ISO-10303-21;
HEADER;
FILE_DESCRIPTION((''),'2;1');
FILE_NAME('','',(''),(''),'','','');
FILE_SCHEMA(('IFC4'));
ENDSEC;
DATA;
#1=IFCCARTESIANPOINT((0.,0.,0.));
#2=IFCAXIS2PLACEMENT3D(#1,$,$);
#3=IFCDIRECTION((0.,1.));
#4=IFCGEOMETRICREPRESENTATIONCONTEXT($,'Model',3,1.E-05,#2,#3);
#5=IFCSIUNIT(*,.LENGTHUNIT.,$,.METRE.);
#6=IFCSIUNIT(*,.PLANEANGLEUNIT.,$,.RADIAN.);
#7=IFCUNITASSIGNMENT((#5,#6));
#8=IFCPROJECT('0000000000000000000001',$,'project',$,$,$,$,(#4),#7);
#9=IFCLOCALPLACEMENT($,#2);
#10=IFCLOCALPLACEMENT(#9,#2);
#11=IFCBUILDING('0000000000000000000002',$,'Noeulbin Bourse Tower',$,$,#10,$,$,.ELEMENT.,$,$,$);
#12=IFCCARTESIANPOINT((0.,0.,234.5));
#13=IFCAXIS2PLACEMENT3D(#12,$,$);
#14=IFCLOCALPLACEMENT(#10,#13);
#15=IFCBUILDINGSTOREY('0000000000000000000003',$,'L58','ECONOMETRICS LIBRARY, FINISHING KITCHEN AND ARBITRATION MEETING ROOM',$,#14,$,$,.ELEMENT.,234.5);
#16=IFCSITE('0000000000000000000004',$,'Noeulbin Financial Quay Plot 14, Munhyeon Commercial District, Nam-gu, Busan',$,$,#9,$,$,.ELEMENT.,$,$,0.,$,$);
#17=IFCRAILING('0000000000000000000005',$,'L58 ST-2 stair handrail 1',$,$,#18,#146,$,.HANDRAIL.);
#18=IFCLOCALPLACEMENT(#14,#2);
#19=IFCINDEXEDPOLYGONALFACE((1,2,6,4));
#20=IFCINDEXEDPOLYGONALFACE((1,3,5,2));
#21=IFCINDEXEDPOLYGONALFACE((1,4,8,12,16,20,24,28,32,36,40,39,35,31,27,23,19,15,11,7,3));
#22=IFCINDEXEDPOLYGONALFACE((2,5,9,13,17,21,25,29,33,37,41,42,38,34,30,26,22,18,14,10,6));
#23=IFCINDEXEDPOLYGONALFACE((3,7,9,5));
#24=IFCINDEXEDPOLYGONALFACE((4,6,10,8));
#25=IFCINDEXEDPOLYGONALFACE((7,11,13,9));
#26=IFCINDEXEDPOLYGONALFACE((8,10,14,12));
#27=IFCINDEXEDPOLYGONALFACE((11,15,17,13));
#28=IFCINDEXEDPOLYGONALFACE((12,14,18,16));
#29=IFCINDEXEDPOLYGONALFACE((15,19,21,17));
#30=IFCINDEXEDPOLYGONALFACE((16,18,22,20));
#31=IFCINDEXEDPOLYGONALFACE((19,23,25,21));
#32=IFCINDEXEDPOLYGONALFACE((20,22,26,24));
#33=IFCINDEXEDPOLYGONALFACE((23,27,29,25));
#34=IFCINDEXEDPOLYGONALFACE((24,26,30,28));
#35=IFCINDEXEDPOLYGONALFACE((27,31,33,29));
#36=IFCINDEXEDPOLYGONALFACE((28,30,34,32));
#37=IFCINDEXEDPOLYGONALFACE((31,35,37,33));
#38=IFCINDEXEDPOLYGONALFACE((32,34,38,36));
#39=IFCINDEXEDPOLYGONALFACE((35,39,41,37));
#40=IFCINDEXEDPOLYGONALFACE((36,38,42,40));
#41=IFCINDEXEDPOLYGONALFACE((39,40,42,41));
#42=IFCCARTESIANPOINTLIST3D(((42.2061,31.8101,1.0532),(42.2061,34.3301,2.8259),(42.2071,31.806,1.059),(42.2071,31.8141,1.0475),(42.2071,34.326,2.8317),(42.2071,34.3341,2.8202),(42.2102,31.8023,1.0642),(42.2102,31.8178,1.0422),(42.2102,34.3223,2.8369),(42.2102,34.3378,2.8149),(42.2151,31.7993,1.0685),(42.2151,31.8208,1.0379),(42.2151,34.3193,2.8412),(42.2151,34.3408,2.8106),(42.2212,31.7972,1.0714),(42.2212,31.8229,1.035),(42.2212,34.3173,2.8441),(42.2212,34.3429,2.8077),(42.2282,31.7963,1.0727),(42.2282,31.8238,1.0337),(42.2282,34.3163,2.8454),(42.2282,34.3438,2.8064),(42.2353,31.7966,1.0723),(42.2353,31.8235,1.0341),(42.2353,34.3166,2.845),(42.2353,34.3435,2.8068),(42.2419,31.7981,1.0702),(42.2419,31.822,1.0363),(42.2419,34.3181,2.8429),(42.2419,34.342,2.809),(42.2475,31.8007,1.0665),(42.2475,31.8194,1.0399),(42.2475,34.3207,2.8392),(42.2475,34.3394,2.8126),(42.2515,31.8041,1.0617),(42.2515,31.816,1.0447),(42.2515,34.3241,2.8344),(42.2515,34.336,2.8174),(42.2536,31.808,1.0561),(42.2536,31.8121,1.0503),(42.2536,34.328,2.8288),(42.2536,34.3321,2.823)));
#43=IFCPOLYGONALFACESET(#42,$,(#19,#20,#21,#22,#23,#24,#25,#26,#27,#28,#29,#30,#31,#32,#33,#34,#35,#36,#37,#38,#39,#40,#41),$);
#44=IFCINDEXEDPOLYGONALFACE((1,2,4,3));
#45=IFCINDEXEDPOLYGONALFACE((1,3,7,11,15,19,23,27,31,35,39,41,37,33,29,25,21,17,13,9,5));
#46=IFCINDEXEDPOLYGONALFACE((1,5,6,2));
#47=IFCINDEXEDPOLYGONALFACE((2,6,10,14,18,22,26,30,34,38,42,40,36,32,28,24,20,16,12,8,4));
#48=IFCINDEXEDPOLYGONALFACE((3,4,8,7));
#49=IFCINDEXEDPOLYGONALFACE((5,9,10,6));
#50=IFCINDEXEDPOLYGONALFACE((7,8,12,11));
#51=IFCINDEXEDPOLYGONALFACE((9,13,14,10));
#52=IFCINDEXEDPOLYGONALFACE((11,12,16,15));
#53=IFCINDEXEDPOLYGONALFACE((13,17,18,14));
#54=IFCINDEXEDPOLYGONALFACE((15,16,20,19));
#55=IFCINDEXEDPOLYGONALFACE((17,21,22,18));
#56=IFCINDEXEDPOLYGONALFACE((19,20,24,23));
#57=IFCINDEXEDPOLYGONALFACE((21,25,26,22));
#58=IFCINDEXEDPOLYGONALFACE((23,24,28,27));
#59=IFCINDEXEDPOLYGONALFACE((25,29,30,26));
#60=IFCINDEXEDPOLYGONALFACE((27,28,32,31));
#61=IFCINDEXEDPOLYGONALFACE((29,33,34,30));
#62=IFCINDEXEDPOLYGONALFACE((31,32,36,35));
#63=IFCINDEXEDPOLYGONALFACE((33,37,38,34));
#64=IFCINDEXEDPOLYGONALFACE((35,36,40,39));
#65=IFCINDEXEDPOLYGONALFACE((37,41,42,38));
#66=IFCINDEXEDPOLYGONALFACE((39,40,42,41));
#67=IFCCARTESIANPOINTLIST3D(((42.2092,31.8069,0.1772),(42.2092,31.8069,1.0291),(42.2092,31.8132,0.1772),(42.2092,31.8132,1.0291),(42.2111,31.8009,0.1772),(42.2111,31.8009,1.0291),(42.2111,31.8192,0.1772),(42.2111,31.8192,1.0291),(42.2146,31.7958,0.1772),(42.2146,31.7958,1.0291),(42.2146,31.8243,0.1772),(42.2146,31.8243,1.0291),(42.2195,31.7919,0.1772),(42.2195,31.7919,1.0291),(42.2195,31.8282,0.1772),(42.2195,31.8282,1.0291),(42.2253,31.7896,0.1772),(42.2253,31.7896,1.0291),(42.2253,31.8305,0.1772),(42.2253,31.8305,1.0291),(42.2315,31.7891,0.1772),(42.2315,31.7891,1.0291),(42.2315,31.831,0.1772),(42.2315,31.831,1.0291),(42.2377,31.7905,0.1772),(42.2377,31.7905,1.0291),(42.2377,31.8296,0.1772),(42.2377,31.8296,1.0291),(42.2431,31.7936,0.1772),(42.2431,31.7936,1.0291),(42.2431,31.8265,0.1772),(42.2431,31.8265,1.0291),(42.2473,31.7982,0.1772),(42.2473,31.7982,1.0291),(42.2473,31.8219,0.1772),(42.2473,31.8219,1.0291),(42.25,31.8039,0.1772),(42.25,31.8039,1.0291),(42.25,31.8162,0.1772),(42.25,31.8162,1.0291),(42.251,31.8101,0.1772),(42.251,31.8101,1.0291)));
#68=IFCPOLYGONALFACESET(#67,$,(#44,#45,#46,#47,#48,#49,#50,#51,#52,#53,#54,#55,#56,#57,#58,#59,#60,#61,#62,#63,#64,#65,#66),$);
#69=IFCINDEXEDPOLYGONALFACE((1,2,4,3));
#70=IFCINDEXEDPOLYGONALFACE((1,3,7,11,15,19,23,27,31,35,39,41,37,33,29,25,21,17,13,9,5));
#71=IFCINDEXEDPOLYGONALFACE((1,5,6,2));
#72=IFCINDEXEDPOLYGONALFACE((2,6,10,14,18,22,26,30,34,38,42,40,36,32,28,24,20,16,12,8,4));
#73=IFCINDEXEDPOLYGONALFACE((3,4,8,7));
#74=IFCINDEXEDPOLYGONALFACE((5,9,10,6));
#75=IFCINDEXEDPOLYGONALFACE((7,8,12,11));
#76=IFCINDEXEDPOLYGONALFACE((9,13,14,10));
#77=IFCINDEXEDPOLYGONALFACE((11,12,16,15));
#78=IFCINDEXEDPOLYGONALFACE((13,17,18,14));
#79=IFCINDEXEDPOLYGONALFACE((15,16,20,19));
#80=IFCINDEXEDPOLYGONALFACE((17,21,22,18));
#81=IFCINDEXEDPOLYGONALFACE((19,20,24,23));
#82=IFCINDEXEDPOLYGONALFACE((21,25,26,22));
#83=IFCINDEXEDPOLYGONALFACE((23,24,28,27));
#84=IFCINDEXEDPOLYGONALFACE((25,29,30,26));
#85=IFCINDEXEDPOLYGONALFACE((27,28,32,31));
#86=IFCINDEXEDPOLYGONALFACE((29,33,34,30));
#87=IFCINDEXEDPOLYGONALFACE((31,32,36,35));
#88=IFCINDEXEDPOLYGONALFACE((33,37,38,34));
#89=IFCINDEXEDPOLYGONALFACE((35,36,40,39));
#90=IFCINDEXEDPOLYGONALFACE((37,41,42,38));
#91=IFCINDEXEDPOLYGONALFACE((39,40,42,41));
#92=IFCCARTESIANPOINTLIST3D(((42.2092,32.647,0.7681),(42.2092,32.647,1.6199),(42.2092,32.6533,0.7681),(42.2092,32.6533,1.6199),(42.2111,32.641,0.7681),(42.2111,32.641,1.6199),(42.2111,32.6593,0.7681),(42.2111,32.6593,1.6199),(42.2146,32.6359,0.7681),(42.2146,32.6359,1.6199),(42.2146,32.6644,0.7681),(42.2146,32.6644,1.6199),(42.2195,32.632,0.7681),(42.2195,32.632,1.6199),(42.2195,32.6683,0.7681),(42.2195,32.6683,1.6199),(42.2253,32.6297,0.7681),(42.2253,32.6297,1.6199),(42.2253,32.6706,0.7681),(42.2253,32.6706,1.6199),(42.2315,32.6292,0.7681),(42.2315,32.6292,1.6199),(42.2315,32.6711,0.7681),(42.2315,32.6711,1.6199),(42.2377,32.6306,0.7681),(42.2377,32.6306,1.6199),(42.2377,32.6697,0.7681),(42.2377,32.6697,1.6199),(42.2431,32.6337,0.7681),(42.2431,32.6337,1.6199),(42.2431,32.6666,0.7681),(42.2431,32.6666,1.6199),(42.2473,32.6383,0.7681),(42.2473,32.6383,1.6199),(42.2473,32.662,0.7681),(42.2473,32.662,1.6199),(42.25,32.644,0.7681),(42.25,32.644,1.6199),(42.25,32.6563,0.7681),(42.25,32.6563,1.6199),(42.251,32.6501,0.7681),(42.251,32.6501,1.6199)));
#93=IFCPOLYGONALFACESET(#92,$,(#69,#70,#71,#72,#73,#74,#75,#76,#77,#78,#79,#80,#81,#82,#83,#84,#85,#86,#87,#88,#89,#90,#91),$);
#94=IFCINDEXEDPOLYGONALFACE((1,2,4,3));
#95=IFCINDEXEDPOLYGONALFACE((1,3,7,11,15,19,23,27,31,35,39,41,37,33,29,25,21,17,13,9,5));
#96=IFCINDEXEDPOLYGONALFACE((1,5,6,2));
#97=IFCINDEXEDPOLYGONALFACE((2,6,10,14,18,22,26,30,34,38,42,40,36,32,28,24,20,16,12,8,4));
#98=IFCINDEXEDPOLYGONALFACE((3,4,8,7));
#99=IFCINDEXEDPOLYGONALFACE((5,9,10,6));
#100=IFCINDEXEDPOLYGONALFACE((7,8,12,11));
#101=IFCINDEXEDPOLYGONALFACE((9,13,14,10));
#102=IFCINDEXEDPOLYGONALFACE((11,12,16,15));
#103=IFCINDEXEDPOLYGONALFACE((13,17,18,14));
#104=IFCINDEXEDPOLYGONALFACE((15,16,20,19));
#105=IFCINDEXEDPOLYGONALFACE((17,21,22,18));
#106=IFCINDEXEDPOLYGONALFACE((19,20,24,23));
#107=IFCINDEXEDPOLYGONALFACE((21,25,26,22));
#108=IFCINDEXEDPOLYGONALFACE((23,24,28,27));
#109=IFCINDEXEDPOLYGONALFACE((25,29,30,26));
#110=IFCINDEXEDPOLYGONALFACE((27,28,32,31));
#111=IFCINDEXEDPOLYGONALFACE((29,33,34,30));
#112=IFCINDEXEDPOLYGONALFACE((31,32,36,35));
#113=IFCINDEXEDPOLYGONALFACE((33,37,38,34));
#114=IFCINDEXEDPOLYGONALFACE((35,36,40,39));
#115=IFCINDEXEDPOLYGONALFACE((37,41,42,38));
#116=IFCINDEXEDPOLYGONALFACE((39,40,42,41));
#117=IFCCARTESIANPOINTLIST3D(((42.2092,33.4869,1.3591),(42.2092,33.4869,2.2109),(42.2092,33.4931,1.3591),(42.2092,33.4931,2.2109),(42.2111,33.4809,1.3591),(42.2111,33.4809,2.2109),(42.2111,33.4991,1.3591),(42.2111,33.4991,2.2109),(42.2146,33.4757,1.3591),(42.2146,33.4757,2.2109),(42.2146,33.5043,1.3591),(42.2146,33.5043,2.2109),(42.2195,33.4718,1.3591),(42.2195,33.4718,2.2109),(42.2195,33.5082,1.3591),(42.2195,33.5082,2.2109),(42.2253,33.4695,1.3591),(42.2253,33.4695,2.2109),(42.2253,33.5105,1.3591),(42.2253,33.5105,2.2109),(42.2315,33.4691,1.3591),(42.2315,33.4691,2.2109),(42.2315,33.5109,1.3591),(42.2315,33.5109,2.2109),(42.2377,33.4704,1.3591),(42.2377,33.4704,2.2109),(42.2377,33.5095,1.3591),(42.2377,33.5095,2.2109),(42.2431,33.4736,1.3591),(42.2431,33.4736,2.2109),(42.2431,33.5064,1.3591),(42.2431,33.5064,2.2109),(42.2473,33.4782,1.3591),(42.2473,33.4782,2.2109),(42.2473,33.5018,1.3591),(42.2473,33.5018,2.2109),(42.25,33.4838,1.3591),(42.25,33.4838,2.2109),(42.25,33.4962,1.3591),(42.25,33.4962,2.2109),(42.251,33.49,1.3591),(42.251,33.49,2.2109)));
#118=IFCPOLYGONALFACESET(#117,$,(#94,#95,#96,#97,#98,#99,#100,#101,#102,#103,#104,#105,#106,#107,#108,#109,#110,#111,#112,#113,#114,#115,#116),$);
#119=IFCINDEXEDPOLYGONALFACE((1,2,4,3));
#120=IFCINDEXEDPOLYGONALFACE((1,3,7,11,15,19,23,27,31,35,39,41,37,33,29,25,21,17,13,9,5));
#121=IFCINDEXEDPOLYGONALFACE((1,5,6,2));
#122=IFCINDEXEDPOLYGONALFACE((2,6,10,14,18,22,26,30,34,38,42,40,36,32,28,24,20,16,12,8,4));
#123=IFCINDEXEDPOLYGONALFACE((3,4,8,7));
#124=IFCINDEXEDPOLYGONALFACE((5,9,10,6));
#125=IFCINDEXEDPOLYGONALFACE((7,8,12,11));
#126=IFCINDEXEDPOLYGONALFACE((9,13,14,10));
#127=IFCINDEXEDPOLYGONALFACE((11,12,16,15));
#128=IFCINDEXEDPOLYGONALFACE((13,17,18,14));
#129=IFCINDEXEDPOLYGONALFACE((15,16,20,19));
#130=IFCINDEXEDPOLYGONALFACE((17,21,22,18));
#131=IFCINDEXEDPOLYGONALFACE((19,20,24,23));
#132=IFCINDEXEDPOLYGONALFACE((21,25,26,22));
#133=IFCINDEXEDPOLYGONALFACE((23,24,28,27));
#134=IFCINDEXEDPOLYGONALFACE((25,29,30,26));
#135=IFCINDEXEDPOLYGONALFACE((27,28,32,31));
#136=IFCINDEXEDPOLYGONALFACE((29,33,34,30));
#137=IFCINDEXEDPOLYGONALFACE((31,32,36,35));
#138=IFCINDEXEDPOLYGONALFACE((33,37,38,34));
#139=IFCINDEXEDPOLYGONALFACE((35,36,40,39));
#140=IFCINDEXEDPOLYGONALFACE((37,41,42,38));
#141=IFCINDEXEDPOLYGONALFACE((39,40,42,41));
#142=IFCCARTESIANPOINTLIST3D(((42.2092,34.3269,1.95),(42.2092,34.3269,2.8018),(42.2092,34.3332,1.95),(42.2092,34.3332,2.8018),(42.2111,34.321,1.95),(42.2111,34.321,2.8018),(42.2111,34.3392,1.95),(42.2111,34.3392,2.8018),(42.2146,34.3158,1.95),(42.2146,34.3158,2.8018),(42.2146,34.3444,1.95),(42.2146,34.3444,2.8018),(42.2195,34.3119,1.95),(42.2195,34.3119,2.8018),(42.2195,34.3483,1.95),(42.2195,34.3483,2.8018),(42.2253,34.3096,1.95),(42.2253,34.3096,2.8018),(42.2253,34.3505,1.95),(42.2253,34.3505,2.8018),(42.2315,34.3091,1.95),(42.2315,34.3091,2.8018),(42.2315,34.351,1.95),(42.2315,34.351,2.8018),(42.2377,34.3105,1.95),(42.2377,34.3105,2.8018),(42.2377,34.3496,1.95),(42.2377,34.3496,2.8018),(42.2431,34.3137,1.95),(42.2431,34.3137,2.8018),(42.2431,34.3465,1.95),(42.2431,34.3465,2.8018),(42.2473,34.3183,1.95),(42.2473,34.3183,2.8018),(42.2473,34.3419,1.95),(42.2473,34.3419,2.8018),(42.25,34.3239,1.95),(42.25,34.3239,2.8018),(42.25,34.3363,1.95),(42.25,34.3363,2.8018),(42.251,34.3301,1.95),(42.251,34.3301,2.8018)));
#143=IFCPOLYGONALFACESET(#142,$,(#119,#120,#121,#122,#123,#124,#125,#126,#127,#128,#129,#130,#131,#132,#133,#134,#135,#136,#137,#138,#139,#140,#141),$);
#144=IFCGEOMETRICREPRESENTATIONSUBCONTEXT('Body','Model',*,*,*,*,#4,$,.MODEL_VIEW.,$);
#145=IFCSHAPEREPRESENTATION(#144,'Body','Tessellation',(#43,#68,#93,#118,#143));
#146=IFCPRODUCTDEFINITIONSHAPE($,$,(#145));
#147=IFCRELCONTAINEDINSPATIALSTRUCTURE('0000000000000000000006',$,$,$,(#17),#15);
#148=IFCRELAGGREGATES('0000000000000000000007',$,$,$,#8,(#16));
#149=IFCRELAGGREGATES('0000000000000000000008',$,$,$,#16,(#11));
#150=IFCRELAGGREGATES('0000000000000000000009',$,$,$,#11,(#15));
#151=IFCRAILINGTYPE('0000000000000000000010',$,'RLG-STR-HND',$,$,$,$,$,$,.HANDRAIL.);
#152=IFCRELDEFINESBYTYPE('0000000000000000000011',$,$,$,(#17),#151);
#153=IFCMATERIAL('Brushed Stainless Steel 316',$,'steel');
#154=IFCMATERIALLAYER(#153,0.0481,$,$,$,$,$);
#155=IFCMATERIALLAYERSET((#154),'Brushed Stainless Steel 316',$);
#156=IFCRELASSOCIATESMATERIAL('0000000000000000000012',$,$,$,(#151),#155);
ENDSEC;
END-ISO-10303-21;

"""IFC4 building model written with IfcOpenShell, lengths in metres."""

from ifc_helpers import new_model, si_unit, direction, frame, origin, origin_2d, place, context, subcontext, project, spatial, circle, extrude, material, layer, layer_set, type_object, element, save


model = new_model("IFC4")

# Units and contexts
model_context = context("Model", 3, precision=1e-05, world=origin(), true_north=direction((0.0, 1.0)))
body_context = subcontext(model_context, "Body", "Model", "MODEL_VIEW")
ifc_project = project(units=[si_unit("LENGTHUNIT", "METRE"), si_unit("PLANEANGLEUNIT", "RADIAN")], contexts=[model_context])

# Site, building, storey
site_placement = place(None, origin())
site = spatial("IfcSite", under=ifc_project, at=site_placement, Name="Noeulbin Financial Quay Plot 14, Munhyeon Commercial District, Nam-gu, Busan", CompositionType="ELEMENT", RefElevation=0.0)
building_placement = place(site_placement, origin())
building = spatial("IfcBuilding", under=site, at=building_placement, Name="Noeulbin Bourse Tower", CompositionType="ELEMENT")
storey_placement = place(building_placement, frame((0.0, 0.0, 234.5)))
storey = spatial("IfcBuildingStorey", under=building, at=storey_placement, Name="L58", Description="ECONOMETRICS LIBRARY, FINISHING KITCHEN AND ARBITRATION MEETING ROOM", CompositionType="ELEMENT", Elevation=234.5)

# Railing
ifc_material_1 = material(Name="Brushed Stainless Steel 316", Category="steel")
ifc_layer_1 = layer(ifc_material_1, 0.0481)
ifc_layer_set_1 = layer_set([ifc_layer_1], Name="Brushed Stainless Steel 316")
railing_type_1 = type_object("IfcRailingType", Name="RLG-STR-HND", PredefinedType="HANDRAIL", material=ifc_layer_set_1)
railing_1_placement = place(storey_placement, frame((42.23, 31.8101, 0.1772)))
element("IfcRailing", 1, at=railing_1_placement, inside=storey, type_object=railing_type_1, Name="L58 ST-2 stair handrail 1", PredefinedType="HANDRAIL", context=body_context, shape_type="SweptSolid", body=[
    extrude(circle(Radius=0.0239, at=origin_2d()), frame((0.0, 0.0, 0.876), z_axis=(0.0, 0.817904, 0.575354), x_axis=(-1.0, 0.0, 0.0)), (0.0, 0.0, 1.0), 3.0811),
    extrude(circle(Radius=0.021, at=origin_2d()), origin(), (0.0, 0.0, 1.0), 0.8518),
    extrude(circle(Radius=0.021, at=origin_2d()), frame((0.0, 0.8401, 0.5908)), (0.0, 0.0, 1.0), 0.8518),
    extrude(circle(Radius=0.021, at=origin_2d()), frame((0.0, 1.6799, 1.1819)), (0.0, 0.0, 1.0), 0.8518),
    extrude(circle(Radius=0.021, at=origin_2d()), frame((0.0, 2.52, 1.7727)), (0.0, 0.0, 1.0), 0.8518),
])

save(model, "model.ifc")
